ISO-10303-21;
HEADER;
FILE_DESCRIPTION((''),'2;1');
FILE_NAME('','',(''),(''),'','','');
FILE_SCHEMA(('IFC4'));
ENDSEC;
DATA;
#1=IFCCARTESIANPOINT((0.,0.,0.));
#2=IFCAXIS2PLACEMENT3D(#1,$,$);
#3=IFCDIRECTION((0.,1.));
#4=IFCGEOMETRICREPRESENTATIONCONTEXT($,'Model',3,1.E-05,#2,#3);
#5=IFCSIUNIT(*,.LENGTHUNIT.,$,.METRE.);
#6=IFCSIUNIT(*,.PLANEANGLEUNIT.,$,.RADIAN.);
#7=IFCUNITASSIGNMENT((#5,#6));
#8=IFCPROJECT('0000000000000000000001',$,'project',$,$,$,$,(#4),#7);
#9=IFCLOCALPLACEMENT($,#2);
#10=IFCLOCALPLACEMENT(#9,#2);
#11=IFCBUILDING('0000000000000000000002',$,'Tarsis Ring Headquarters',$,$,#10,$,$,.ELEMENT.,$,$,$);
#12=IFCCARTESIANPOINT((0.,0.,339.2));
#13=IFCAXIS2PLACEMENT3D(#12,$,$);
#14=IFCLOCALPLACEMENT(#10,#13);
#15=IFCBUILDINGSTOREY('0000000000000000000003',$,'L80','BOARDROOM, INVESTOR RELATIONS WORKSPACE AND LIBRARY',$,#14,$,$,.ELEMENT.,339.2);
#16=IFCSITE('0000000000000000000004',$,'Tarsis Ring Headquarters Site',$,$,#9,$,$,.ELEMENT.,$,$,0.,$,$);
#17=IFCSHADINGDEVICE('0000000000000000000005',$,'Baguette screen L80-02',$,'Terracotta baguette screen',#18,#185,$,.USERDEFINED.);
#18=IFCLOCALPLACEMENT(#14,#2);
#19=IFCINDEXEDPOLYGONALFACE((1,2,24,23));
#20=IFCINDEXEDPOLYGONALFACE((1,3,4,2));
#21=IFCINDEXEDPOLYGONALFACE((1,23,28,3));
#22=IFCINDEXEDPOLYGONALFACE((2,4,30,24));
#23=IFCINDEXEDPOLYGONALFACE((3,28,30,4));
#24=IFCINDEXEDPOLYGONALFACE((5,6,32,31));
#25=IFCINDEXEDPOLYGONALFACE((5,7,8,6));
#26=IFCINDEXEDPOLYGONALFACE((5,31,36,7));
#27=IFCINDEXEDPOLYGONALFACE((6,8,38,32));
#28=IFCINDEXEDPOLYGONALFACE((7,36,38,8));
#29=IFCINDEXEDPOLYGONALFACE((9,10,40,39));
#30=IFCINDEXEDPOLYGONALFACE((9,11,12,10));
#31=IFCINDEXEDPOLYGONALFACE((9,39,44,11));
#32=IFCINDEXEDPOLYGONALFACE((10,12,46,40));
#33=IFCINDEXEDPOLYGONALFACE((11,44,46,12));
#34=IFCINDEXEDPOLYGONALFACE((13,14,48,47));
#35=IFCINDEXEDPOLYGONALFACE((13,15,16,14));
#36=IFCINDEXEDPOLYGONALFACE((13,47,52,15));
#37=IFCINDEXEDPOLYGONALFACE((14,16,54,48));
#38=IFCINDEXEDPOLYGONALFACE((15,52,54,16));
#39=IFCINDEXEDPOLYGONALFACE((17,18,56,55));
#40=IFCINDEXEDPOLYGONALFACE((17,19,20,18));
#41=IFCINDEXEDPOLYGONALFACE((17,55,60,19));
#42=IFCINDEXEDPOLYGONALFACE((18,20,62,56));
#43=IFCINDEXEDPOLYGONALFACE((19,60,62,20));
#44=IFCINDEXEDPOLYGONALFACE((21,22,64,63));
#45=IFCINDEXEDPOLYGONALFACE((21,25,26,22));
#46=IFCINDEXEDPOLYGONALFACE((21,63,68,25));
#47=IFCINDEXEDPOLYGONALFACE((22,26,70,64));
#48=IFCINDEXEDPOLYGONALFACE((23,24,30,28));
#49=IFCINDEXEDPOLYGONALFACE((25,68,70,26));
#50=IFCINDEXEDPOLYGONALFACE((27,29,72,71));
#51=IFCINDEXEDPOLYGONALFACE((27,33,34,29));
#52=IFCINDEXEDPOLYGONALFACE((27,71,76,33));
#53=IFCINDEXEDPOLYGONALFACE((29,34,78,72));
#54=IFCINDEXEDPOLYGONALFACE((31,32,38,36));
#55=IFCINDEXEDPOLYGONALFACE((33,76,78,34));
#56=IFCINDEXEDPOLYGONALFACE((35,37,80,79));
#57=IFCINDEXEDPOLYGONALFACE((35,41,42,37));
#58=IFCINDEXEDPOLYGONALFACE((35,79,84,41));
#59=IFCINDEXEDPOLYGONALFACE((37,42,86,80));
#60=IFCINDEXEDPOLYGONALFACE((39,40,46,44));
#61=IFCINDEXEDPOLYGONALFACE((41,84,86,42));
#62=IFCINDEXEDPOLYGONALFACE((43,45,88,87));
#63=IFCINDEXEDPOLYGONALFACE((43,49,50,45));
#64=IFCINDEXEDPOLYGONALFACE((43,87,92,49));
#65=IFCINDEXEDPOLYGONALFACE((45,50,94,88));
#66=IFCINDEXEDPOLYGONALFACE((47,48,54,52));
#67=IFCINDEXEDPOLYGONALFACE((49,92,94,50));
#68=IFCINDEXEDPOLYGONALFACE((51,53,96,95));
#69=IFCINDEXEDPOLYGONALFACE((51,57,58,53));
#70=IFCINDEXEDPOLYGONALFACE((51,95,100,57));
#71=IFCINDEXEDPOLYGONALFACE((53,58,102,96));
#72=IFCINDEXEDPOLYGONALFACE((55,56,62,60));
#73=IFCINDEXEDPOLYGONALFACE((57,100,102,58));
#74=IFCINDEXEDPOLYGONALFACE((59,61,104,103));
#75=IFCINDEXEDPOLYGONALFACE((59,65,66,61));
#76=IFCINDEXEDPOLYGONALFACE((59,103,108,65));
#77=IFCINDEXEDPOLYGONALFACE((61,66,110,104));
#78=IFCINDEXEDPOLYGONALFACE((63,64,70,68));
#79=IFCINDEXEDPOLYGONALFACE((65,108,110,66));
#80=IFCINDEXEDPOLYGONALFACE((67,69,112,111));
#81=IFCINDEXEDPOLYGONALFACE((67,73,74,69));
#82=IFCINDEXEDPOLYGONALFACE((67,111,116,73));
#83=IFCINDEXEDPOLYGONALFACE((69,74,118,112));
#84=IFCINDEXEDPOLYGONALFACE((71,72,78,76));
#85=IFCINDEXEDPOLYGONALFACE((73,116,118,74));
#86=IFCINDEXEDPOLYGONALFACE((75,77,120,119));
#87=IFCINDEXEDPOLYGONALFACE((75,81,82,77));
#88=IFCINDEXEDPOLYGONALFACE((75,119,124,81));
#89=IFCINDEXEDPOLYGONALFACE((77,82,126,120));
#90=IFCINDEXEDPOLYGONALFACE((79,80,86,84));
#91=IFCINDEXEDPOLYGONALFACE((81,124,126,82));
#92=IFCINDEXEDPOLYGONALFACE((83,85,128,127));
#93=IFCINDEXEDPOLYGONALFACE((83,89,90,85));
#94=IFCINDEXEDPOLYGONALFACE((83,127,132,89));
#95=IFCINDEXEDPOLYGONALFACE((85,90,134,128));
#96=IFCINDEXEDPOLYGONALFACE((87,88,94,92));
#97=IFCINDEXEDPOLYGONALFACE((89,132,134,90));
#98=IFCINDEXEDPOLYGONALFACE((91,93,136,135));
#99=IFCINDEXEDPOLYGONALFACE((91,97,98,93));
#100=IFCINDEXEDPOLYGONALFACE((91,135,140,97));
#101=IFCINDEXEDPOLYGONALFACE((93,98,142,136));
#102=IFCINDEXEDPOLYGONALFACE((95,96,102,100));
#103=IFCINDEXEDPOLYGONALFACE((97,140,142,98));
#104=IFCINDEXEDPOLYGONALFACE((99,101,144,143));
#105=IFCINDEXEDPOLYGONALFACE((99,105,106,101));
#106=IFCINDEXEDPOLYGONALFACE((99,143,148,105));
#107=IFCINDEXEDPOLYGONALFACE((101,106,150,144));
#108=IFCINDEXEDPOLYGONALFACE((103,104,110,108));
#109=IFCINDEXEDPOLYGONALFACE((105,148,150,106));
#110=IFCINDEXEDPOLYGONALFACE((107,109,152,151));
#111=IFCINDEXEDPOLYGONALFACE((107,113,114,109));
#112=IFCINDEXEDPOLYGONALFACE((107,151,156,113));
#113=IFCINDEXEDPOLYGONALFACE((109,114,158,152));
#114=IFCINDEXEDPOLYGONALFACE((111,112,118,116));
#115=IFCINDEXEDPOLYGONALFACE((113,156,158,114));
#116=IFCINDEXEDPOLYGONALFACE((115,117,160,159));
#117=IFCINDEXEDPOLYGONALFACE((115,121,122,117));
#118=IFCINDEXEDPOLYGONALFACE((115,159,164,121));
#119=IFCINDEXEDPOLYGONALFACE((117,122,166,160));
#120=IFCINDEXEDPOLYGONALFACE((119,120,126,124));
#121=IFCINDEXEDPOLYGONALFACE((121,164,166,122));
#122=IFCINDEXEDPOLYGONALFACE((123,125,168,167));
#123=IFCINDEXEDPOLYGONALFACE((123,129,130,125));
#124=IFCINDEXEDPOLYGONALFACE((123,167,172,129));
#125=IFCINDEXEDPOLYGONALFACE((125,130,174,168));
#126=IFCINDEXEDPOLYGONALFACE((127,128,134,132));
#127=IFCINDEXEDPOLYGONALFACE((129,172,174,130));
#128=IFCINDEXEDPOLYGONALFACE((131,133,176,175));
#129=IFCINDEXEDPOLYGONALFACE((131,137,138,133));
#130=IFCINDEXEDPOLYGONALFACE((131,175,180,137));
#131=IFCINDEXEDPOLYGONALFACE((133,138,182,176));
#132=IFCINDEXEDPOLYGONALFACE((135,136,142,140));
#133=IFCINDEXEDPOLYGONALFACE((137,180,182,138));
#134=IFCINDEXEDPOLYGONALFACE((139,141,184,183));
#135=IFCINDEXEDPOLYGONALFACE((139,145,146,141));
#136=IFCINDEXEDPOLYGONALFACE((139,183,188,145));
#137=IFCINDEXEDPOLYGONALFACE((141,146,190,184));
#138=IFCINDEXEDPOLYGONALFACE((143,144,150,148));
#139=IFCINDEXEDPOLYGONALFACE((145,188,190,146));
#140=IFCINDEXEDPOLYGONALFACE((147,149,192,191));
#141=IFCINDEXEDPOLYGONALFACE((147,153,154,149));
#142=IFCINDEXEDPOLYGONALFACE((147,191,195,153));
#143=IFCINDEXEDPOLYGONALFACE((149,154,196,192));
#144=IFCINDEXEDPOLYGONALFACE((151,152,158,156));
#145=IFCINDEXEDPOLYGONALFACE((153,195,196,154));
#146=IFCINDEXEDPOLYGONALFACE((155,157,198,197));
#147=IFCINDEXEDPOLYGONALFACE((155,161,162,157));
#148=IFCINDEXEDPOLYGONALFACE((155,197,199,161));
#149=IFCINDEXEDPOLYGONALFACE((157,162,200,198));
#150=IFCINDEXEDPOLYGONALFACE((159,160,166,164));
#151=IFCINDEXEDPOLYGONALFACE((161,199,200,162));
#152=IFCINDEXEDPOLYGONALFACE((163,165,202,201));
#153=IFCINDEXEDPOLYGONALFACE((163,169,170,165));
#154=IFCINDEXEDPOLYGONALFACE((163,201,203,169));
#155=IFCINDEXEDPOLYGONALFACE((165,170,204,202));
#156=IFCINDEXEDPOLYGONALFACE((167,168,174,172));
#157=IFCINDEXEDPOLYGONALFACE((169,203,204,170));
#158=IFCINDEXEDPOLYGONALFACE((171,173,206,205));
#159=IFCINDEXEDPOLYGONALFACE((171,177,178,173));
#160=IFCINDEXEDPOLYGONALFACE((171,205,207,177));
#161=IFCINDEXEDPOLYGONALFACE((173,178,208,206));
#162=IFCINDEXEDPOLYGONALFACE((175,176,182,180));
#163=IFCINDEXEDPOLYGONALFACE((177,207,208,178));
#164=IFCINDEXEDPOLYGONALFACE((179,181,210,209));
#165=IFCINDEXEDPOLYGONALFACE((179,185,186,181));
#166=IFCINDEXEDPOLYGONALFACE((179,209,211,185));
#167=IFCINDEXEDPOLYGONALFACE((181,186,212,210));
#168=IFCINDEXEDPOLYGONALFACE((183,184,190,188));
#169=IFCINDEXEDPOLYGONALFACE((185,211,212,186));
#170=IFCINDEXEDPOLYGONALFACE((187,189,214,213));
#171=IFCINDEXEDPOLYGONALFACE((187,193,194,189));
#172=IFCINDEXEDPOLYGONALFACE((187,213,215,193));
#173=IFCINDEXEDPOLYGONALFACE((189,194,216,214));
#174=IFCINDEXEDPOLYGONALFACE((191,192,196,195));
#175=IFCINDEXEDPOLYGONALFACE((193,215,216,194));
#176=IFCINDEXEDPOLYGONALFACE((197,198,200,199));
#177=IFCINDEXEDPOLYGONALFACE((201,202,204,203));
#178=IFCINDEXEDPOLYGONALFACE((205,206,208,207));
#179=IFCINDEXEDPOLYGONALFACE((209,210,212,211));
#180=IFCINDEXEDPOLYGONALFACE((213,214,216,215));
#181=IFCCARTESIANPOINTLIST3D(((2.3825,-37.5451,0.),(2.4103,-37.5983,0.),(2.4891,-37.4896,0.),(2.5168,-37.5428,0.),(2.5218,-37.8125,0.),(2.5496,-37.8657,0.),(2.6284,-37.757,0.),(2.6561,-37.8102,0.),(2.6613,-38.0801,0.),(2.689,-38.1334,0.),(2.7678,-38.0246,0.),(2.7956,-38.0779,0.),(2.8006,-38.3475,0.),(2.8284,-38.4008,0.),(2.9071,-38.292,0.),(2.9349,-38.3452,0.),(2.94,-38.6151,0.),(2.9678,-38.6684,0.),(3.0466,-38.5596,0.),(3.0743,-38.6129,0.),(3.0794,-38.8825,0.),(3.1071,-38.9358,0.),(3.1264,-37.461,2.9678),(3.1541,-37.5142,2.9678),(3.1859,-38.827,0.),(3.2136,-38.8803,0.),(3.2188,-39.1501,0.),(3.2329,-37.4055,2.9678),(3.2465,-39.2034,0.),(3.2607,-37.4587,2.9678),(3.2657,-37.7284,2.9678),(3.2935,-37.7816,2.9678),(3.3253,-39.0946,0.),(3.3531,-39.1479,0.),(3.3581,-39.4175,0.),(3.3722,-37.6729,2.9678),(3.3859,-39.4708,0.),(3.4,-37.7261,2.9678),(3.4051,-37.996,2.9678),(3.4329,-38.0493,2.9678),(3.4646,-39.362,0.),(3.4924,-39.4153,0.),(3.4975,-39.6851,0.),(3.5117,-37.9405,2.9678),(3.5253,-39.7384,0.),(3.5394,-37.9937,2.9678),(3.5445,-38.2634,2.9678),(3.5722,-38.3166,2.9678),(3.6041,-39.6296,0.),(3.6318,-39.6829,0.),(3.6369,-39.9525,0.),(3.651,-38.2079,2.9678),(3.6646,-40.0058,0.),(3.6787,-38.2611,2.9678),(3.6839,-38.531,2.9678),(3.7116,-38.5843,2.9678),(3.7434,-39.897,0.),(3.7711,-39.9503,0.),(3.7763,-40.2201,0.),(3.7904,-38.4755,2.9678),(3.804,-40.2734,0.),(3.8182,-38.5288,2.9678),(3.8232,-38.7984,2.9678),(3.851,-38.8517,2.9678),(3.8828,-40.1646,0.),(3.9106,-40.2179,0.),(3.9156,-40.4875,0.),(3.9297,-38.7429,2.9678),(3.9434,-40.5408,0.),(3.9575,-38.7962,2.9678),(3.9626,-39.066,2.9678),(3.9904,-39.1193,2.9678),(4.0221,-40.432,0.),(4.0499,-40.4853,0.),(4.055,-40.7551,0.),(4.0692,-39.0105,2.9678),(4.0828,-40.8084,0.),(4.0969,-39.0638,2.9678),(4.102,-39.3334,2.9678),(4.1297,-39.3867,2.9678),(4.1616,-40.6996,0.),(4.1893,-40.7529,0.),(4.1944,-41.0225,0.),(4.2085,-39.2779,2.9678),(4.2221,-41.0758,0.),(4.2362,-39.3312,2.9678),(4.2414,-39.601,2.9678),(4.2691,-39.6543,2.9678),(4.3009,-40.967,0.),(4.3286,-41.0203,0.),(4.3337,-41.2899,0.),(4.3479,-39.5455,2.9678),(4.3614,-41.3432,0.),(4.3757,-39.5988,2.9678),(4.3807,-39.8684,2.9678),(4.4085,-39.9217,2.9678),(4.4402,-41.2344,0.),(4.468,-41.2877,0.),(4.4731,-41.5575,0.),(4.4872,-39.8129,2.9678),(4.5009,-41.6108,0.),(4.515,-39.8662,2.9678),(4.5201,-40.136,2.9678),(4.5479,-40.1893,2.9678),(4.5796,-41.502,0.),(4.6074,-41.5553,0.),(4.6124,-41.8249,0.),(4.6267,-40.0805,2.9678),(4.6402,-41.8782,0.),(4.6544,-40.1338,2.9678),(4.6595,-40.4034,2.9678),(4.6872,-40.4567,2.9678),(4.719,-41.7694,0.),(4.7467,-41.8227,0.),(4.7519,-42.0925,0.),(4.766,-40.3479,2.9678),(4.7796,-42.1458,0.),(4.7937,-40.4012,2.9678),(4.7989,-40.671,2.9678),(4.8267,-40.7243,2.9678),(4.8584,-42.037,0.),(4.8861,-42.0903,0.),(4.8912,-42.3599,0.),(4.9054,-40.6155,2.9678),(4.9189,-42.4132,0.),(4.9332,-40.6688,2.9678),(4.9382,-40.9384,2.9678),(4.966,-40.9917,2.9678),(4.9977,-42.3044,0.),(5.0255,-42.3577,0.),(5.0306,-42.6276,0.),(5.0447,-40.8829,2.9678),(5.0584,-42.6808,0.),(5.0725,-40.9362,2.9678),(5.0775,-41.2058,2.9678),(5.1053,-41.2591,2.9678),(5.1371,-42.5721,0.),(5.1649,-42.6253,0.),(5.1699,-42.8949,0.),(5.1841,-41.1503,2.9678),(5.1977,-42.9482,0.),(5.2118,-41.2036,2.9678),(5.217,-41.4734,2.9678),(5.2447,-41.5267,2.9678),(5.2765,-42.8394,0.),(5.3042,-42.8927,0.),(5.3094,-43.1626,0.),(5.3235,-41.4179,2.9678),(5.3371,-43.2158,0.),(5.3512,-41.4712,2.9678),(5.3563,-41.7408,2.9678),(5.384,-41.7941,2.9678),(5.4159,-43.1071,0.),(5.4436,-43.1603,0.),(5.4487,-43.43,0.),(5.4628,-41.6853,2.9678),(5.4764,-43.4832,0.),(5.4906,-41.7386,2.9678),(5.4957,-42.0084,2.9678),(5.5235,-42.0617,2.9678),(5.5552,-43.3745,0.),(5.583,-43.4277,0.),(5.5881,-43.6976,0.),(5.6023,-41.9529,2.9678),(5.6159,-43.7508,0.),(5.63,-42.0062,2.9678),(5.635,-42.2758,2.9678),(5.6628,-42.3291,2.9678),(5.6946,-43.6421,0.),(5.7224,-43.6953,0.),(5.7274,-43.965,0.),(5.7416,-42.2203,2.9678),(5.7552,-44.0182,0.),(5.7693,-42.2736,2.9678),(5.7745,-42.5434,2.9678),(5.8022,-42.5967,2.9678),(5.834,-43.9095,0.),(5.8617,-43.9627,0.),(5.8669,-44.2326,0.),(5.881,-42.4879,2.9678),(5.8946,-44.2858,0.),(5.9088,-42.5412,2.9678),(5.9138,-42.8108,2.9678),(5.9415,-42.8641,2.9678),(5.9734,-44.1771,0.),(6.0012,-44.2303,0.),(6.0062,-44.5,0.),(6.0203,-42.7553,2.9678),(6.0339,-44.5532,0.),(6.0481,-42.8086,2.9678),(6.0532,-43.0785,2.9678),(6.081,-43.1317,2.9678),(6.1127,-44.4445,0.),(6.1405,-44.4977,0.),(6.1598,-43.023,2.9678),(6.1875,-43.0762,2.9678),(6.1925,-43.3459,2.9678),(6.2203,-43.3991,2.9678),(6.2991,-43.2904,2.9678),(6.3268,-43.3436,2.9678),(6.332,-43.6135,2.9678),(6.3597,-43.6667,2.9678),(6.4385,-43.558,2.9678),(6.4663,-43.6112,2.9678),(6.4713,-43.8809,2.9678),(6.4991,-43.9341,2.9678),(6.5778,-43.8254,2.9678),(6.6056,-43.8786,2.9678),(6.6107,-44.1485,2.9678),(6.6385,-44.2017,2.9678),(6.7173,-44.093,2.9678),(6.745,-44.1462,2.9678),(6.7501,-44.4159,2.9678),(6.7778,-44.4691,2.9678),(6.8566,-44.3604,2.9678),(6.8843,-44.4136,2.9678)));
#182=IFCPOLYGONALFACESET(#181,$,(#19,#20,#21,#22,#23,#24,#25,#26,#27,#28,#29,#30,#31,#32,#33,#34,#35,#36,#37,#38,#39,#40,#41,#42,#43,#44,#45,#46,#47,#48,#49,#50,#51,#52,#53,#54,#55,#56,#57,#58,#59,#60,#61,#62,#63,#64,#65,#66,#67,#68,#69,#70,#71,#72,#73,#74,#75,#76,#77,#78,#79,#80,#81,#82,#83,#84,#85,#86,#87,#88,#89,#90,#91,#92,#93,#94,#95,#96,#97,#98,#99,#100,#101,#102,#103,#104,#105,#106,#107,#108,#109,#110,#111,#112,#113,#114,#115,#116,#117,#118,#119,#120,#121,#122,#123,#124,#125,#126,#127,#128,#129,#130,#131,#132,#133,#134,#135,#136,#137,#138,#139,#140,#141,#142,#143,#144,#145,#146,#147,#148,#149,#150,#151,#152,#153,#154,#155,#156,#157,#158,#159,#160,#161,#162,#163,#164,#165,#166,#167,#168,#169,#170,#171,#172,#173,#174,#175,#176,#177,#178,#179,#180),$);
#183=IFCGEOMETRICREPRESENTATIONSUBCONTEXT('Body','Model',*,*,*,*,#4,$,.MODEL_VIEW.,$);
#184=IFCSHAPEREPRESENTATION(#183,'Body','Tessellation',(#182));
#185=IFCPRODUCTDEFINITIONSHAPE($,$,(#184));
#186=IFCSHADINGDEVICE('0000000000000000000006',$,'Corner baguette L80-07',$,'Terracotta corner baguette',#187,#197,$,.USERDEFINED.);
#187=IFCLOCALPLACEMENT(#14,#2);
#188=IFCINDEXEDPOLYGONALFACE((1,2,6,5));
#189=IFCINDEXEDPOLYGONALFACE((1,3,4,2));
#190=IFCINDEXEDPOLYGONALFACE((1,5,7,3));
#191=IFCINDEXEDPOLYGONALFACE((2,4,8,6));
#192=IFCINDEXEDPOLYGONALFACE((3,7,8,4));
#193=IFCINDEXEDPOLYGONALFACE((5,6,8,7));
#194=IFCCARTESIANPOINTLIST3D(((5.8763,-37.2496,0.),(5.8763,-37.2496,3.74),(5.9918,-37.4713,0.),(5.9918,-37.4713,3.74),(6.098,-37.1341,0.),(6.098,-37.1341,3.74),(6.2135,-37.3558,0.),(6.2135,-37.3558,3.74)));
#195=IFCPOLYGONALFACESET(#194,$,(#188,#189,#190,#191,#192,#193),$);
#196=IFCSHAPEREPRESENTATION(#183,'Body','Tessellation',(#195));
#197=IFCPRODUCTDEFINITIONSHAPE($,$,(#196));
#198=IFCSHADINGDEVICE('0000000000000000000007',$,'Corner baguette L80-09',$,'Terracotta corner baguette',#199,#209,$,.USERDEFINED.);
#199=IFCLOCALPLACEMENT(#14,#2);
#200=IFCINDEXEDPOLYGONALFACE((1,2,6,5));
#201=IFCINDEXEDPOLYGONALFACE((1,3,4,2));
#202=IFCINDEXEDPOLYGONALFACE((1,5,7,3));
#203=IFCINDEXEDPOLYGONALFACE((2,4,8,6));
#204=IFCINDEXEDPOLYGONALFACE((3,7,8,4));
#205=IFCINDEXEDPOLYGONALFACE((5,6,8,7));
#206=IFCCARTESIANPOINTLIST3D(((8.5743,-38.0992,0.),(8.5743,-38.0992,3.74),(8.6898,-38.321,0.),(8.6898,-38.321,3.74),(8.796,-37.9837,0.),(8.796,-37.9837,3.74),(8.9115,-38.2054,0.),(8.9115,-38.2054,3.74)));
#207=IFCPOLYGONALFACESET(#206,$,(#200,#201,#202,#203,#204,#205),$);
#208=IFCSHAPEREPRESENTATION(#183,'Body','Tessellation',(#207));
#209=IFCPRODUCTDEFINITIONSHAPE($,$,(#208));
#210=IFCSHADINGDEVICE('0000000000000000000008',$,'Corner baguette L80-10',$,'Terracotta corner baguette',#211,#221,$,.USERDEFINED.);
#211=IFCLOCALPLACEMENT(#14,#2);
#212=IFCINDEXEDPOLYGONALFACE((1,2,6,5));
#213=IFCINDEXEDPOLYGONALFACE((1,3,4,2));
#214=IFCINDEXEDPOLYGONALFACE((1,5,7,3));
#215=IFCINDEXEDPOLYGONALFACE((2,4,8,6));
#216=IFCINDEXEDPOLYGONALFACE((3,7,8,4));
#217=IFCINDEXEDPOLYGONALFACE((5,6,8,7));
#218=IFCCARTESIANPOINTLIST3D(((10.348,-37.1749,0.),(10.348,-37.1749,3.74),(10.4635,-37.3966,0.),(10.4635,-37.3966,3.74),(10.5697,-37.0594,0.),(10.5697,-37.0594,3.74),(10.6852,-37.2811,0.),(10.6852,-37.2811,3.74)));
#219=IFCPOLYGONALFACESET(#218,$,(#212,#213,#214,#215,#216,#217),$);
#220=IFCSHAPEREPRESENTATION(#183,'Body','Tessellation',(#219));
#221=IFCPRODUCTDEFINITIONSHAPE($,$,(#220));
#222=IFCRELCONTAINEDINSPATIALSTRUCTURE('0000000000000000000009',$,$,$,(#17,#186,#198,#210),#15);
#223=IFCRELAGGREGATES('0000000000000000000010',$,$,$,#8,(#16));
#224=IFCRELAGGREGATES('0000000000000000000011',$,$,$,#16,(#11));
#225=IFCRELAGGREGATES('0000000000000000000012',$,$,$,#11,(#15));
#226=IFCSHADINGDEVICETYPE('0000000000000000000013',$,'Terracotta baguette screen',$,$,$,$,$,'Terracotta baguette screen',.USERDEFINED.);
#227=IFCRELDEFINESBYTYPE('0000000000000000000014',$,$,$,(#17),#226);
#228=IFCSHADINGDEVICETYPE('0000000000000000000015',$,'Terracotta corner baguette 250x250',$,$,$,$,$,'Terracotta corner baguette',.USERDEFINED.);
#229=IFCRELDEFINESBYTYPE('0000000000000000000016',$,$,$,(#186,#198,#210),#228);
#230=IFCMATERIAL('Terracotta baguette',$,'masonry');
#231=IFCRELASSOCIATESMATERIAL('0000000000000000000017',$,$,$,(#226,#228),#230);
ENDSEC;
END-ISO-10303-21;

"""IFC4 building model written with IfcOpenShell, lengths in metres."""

from ifc_helpers import new_model, si_unit, direction, frame, frame_2d, origin, origin_2d, place, context, subcontext, project, spatial, rectangle, composite_profile, extrude, material, type_object, element, save


model = new_model("IFC4")

# Units and contexts
model_context = context("Model", 3, precision=1e-05, world=origin(), true_north=direction((0.0, 1.0)))
body_context = subcontext(model_context, "Body", "Model", "MODEL_VIEW")
ifc_project = project(units=[si_unit("LENGTHUNIT", "METRE"), si_unit("PLANEANGLEUNIT", "RADIAN")], contexts=[model_context])

# Site, building, storey
site_placement = place(None, origin())
site = spatial("IfcSite", under=ifc_project, at=site_placement, Name="Tarsis Ring Headquarters Site", CompositionType="ELEMENT", RefElevation=0.0)
building_placement = place(site_placement, origin())
building = spatial("IfcBuilding", under=site, at=building_placement, Name="Tarsis Ring Headquarters", CompositionType="ELEMENT")
storey_placement = place(building_placement, frame((0.0, 0.0, 339.2)))
storey = spatial("IfcBuildingStorey", under=building, at=storey_placement, Name="L80", Description="BOARDROOM, INVESTOR RELATIONS WORKSPACE AND LIBRARY", CompositionType="ELEMENT", Elevation=339.2)

# Shading devices
ifc_material_1 = material(Name="Terracotta baguette", Category="masonry")
shading_device_type_1 = type_object("IfcShadingDeviceType", Name="Terracotta baguette screen", ElementType="Terracotta baguette screen", PredefinedType="USERDEFINED", material=ifc_material_1)
shading_device_1_placement = place(storey_placement, frame((2.4358, -37.5173, 0.0), z_axis=(0.0, 0.0, 1.0), x_axis=(0.462061, -0.886833, 0.0)))
element("IfcShadingDevice", 1, at=shading_device_1_placement, inside=storey, type_object=shading_device_type_1, Name="Baguette screen L80-02", ObjectType="Terracotta baguette screen", PredefinedType="USERDEFINED", context=body_context, shape_type="SweptSolid", body=[
    extrude(composite_profile([rectangle(XDim=0.0601, YDim=0.1201, at=frame_2d((0.03, 0.0))), rectangle(XDim=0.0601, YDim=0.1201, at=frame_2d((0.3315, 0.0))), rectangle(XDim=0.0601, YDim=0.1201, at=frame_2d((0.6333, 0.0))), rectangle(XDim=0.0601, YDim=0.1201, at=frame_2d((0.9348, 0.0))), rectangle(XDim=0.0601, YDim=0.1201, at=frame_2d((1.2366, 0.0))), rectangle(XDim=0.0601, YDim=0.1201, at=frame_2d((1.5381, 0.0))), rectangle(XDim=0.0601, YDim=0.1201, at=frame_2d((1.8398, 0.0))), rectangle(XDim=0.0601, YDim=0.1201, at=frame_2d((2.1414, 0.0))), rectangle(XDim=0.0601, YDim=0.1201, at=frame_2d((2.4431, 0.0))), rectangle(XDim=0.0601, YDim=0.1201, at=frame_2d((2.7446, 0.0))), rectangle(XDim=0.0601, YDim=0.1201, at=frame_2d((3.0464, 0.0))), rectangle(XDim=0.0601, YDim=0.1201, at=frame_2d((3.3479, 0.0))), rectangle(XDim=0.0601, YDim=0.1201, at=frame_2d((3.6497, 0.0))), rectangle(XDim=0.0601, YDim=0.1201, at=frame_2d((3.9512, 0.0))), rectangle(XDim=0.0601, YDim=0.1201, at=frame_2d((4.2527, 0.0))), rectangle(XDim=0.0601, YDim=0.1201, at=frame_2d((4.5544, 0.0))), rectangle(XDim=0.0601, YDim=0.1201, at=frame_2d((4.856, 0.0))), rectangle(XDim=0.0601, YDim=0.1201, at=frame_2d((5.1577, 0.0))), rectangle(XDim=0.0601, YDim=0.1201, at=frame_2d((5.4592, 0.0))), rectangle(XDim=0.0601, YDim=0.1201, at=frame_2d((5.761, 0.0))), rectangle(XDim=0.0601, YDim=0.1201, at=frame_2d((6.0625, 0.0))), rectangle(XDim=0.0601, YDim=0.1201, at=frame_2d((6.3643, 0.0))), rectangle(XDim=0.0601, YDim=0.1201, at=frame_2d((6.6658, 0.0))), rectangle(XDim=0.0601, YDim=0.1201, at=frame_2d((6.9675, 0.0))), rectangle(XDim=0.0601, YDim=0.1201, at=frame_2d((7.269, 0.0))), rectangle(XDim=0.0601, YDim=0.1201, at=frame_2d((7.5708, 0.0))), rectangle(XDim=0.0601, YDim=0.1201, at=frame_2d((7.8723, 0.0)))]), origin(), (0.087926, 0.228225, 0.96963), 3.0608),
])
shading_device_type_2 = type_object("IfcShadingDeviceType", Name="Terracotta corner baguette 250x250", ElementType="Terracotta corner baguette", PredefinedType="USERDEFINED", material=ifc_material_1)
for number, where, z_axis, x_axis, name in (
    (2, (6.0449, -37.3027, 0.0), (0.0, 0.0, 1.0), (0.462058, -0.88685, 0.0), "Corner baguette L80-07"),
    (3, (8.7429, -38.1523, 0.0), (0.0, 0.0, 1.0), (0.462058, -0.886849, 0.0), "Corner baguette L80-09"),
    (4, (10.5166, -37.228, 0.0), (0.0, 0.0, 1.0), (0.886849, 0.462058, 0.0), "Corner baguette L80-10"),
):
    element("IfcShadingDevice", number, at=place(storey_placement, frame(where, z_axis=z_axis, x_axis=x_axis)), inside=storey, type_object=shading_device_type_2, Name=name, ObjectType="Terracotta corner baguette", PredefinedType="USERDEFINED", context=body_context, shape_type="SweptSolid", body=[
        extrude(rectangle(XDim=0.25, YDim=0.25, at=origin_2d()), origin(), (0.0, 0.0, 1.0), 3.74),
    ])

save(model, "model.ifc")
